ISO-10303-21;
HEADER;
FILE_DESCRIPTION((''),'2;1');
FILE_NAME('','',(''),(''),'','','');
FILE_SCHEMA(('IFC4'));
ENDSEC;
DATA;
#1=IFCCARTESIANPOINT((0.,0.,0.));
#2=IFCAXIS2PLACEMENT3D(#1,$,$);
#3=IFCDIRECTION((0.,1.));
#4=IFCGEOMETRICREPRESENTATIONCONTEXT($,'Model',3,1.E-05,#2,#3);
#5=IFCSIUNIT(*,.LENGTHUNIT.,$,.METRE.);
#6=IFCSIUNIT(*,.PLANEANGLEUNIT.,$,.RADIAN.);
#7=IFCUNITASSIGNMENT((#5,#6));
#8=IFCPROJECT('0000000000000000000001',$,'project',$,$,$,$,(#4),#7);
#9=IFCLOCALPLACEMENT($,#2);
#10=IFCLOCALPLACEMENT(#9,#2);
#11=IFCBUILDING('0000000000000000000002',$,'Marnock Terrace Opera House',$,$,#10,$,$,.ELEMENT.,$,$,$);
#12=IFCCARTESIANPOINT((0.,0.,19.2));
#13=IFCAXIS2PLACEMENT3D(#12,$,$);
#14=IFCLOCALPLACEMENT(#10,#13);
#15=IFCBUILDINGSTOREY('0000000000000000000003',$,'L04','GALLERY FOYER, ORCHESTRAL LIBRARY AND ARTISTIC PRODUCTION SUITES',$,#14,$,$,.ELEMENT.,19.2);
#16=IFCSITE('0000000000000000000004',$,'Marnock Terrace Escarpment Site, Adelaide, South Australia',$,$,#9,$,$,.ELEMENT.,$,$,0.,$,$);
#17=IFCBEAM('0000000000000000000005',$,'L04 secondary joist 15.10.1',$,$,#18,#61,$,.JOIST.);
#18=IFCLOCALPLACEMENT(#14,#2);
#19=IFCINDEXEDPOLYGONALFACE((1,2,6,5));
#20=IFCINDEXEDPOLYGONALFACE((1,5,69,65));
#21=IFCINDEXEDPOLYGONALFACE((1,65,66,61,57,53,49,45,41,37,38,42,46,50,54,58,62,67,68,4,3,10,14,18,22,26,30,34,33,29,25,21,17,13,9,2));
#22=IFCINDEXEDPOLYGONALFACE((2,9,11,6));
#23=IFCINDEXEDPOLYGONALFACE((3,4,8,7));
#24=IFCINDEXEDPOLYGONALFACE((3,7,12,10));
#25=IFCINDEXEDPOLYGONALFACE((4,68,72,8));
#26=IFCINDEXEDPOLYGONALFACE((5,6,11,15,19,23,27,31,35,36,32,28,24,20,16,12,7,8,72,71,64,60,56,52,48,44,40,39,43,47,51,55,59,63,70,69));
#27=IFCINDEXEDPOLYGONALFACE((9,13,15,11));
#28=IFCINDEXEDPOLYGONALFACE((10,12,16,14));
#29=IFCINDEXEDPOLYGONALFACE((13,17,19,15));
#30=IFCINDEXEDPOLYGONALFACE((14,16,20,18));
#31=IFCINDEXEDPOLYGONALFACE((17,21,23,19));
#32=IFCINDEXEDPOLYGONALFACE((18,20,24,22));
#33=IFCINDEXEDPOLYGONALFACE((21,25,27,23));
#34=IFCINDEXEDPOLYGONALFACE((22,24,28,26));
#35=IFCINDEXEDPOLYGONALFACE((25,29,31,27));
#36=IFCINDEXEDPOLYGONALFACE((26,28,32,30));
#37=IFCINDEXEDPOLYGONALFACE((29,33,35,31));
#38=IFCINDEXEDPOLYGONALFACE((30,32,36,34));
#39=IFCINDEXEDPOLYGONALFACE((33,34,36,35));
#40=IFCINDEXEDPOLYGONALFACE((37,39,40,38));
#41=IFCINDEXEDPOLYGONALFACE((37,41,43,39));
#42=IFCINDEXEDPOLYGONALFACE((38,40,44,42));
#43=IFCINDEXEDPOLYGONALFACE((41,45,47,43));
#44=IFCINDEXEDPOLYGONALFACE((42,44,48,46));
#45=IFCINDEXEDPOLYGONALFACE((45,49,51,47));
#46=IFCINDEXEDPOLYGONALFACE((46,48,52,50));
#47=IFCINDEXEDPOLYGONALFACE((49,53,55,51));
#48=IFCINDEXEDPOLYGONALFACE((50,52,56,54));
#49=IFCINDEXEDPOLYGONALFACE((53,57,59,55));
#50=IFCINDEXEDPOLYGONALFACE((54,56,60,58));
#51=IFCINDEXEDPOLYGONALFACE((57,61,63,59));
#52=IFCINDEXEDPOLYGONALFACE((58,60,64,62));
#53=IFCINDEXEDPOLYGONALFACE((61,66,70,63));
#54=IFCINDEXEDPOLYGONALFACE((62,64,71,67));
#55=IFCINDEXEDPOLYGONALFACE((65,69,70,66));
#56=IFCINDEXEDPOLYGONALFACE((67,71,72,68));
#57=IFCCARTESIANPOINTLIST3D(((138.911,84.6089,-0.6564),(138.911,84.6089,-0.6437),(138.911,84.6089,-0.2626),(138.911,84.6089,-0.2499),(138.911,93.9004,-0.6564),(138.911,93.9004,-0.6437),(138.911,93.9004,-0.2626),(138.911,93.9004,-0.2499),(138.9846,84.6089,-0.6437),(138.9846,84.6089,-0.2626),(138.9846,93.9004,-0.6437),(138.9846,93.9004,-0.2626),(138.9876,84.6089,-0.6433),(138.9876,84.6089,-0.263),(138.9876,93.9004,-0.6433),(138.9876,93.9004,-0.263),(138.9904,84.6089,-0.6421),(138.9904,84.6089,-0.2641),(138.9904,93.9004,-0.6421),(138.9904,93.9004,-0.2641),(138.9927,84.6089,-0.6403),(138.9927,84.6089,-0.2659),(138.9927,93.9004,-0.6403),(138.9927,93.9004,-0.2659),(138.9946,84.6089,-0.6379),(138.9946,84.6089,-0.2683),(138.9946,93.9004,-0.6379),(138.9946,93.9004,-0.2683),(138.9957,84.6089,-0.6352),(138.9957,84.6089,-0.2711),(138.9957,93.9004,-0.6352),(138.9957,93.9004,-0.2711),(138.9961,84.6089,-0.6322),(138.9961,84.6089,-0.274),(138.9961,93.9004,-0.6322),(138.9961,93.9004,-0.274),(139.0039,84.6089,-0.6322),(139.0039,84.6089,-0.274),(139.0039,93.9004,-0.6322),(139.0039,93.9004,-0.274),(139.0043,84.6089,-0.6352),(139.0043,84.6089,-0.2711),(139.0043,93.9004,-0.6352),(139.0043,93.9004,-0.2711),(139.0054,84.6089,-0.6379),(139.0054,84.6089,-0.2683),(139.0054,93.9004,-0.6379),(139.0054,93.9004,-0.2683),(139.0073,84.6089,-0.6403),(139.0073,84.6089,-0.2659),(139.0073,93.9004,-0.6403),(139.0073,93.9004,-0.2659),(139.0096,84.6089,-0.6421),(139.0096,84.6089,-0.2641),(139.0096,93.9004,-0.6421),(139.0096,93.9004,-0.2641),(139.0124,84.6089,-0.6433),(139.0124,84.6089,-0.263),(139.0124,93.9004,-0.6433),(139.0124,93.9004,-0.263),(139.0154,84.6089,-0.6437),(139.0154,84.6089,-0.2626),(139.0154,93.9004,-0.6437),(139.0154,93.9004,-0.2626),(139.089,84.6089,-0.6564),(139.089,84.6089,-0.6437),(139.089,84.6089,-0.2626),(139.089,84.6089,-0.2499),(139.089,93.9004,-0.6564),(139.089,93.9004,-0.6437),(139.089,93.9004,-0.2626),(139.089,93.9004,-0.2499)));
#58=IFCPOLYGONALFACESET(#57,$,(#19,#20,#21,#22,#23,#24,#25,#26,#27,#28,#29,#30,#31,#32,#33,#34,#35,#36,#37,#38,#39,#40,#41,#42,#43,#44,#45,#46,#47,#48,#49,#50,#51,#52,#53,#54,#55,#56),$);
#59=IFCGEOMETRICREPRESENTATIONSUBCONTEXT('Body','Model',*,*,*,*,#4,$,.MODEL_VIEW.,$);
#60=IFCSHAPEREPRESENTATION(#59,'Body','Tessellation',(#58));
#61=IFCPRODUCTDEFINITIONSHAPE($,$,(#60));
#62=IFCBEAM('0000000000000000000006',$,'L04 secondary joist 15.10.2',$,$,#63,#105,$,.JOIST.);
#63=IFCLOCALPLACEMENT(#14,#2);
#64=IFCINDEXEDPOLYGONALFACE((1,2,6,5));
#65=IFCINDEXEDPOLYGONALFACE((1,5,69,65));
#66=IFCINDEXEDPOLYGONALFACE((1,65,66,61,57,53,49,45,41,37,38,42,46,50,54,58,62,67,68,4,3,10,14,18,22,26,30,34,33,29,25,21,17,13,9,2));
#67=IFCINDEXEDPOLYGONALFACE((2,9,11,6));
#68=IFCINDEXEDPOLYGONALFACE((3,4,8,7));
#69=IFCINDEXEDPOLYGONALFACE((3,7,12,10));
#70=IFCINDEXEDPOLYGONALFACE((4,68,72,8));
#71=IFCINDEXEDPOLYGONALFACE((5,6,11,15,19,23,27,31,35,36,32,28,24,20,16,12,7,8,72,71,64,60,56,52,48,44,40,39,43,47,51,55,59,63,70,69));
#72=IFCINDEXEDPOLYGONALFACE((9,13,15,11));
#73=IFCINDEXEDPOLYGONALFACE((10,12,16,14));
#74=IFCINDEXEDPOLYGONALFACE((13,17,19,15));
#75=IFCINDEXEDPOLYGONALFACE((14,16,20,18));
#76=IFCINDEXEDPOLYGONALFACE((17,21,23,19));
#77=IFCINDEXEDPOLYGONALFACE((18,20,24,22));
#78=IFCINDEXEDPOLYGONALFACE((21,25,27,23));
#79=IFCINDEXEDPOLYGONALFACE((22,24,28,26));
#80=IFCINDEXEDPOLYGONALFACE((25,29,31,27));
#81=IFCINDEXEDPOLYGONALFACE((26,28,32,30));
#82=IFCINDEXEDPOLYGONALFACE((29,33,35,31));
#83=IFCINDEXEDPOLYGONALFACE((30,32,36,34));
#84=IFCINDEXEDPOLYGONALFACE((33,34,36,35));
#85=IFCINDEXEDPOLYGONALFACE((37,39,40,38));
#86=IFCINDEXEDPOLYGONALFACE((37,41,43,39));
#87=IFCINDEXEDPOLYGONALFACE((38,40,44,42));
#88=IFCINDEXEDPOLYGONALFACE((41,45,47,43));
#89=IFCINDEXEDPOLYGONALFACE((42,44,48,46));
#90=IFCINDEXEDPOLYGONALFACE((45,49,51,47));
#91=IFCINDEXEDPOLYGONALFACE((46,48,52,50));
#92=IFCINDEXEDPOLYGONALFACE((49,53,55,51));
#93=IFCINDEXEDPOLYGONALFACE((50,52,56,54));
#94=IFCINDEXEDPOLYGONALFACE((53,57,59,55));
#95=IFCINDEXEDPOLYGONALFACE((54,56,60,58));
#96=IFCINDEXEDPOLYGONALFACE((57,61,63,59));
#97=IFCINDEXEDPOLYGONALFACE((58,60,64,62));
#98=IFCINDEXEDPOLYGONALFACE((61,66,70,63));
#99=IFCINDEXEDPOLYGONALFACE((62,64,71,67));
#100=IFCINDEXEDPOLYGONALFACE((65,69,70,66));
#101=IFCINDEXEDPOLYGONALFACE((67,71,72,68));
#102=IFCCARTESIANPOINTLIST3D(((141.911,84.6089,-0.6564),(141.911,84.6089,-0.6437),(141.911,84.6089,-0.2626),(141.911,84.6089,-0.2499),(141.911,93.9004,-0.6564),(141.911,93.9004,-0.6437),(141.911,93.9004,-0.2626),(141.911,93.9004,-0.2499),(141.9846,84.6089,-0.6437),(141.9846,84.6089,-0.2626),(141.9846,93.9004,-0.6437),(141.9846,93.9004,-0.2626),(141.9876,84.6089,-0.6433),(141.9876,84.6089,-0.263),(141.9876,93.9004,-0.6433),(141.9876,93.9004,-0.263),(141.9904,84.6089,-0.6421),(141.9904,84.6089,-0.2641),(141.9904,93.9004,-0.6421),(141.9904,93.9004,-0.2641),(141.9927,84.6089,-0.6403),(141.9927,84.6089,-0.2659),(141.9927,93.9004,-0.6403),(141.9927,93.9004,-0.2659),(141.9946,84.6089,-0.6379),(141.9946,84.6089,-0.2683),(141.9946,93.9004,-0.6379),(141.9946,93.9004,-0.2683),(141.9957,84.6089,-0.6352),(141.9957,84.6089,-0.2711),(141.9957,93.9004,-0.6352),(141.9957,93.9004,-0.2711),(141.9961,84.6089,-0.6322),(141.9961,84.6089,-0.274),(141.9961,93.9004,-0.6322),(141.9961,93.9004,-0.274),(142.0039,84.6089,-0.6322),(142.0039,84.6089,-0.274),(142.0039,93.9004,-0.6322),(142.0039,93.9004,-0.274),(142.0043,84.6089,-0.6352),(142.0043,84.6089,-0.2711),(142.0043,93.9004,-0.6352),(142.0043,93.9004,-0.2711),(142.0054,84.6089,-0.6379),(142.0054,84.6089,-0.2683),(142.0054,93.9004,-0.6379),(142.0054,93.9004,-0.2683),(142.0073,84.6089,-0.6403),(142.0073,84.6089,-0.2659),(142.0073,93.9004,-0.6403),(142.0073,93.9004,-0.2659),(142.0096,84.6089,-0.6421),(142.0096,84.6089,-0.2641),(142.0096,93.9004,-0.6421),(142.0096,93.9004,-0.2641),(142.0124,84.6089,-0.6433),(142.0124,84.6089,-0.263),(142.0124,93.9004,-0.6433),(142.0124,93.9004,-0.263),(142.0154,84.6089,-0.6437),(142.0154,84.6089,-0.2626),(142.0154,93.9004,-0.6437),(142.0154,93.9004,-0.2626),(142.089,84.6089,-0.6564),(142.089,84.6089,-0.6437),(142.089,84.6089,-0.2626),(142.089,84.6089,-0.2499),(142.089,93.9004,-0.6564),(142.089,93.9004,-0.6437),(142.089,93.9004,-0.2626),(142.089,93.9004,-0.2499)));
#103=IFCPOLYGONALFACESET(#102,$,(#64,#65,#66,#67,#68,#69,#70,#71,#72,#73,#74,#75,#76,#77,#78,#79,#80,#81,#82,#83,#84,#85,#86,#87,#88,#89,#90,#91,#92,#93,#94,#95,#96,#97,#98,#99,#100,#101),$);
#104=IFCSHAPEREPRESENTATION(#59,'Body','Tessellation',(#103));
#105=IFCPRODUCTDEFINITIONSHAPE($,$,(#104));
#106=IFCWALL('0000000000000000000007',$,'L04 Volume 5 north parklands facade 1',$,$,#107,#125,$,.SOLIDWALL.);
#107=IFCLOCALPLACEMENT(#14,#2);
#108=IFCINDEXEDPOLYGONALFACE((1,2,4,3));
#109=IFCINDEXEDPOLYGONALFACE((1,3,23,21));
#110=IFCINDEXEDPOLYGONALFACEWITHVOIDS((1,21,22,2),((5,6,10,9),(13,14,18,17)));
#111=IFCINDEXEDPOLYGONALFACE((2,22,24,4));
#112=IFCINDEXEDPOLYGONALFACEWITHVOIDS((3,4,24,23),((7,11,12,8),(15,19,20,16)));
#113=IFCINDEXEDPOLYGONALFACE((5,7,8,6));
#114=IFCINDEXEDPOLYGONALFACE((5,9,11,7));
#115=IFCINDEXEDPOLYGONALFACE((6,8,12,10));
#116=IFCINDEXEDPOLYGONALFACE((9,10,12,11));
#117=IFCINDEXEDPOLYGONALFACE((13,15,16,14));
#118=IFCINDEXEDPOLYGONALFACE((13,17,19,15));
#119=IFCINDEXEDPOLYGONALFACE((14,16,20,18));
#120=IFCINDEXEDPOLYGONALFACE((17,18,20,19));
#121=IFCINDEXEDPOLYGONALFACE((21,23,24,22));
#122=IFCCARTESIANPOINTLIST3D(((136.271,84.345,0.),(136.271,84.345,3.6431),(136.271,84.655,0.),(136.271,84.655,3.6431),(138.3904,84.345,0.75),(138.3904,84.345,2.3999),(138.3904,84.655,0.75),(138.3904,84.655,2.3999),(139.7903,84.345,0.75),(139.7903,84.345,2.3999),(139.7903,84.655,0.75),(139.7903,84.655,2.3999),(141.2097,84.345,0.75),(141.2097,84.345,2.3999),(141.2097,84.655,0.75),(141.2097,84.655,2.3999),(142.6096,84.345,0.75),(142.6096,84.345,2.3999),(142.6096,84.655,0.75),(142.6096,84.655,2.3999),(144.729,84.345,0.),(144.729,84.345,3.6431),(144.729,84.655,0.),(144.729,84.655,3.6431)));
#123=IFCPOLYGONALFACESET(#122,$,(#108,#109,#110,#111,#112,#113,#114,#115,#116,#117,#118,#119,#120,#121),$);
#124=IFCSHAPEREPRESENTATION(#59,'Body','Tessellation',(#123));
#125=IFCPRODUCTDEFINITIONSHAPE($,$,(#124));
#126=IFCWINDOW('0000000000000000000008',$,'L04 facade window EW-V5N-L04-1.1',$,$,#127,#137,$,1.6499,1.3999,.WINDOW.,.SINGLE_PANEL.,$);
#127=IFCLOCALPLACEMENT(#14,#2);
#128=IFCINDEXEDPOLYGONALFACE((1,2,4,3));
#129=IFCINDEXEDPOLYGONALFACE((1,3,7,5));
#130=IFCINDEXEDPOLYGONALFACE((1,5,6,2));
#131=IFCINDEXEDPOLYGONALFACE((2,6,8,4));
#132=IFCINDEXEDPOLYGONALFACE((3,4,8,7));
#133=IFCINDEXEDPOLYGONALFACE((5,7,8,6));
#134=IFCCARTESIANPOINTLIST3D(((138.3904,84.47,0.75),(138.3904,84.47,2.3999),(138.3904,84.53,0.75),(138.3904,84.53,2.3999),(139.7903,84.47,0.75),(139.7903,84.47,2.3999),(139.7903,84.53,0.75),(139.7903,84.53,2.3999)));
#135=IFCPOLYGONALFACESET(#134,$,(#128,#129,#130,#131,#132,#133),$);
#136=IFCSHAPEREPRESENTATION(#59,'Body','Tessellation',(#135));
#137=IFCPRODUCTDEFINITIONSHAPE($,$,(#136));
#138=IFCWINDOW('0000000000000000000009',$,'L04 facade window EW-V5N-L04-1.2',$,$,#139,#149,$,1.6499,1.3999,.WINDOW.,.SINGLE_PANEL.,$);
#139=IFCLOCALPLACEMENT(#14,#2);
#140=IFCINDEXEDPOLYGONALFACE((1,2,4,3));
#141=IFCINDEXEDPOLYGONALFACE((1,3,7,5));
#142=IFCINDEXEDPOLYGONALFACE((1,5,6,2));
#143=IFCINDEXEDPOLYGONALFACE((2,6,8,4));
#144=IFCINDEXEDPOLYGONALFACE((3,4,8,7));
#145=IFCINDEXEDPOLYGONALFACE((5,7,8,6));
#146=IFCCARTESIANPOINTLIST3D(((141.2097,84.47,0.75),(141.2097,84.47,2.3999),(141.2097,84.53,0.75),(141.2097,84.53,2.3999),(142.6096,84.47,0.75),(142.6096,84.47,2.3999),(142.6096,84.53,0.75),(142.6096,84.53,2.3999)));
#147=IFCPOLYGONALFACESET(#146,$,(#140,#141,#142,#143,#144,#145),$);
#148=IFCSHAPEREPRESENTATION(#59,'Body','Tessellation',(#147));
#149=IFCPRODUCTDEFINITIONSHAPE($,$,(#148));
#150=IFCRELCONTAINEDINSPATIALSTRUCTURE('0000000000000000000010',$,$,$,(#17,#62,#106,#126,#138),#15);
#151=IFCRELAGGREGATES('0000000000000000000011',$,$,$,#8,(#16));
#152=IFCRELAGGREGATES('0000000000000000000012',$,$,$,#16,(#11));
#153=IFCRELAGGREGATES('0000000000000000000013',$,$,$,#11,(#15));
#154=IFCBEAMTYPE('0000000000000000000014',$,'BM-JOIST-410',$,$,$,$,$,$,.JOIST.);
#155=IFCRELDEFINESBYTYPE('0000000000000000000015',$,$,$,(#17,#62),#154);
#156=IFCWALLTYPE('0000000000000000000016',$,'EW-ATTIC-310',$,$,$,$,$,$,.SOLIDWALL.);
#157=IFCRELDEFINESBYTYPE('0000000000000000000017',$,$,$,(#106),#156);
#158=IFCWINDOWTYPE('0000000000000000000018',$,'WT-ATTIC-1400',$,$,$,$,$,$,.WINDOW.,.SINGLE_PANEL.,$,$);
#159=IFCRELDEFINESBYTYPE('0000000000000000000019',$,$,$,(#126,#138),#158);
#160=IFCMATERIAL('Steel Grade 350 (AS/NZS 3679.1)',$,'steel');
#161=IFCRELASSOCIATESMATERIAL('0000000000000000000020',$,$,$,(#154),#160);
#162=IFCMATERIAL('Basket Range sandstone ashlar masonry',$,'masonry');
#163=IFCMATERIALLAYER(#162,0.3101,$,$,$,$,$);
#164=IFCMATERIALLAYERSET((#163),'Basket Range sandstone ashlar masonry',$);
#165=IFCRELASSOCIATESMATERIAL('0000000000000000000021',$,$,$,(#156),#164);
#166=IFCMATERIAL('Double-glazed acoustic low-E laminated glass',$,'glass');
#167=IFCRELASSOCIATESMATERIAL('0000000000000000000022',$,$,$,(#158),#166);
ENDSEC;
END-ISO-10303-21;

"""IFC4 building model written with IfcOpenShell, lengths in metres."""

from ifc_helpers import new_model, si_unit, direction, frame, frame_2d, origin, origin_2d, place, context, subcontext, project, spatial, rectangle, i_section, extrude, material, layer, layer_set, material_profile, profile_set, type_object, element, fill, save


model = new_model("IFC4")

# Units and contexts
model_context = context("Model", 3, precision=1e-05, world=origin(), true_north=direction((0.0, 1.0)))
body_context = subcontext(model_context, "Body", "Model", "MODEL_VIEW")
ifc_project = project(units=[si_unit("LENGTHUNIT", "METRE"), si_unit("PLANEANGLEUNIT", "RADIAN")], contexts=[model_context])

# Site, building, storey
site_placement = place(None, origin())
site = spatial("IfcSite", under=ifc_project, at=site_placement, Name="Marnock Terrace Escarpment Site, Adelaide, South Australia", CompositionType="ELEMENT", RefElevation=0.0)
building_placement = place(site_placement, origin())
building = spatial("IfcBuilding", under=site, at=building_placement, Name="Marnock Terrace Opera House", CompositionType="ELEMENT")
storey_placement = place(building_placement, frame((0.0, 0.0, 19.2)))
storey = spatial("IfcBuildingStorey", under=building, at=storey_placement, Name="L04", Description="GALLERY FOYER, ORCHESTRAL LIBRARY AND ARTISTIC PRODUCTION SUITES", CompositionType="ELEMENT", Elevation=19.2)

# Beams
ifc_material_1 = material(Name="Steel Grade 350 (AS/NZS 3679.1)", Category="steel")
ifc_material_profile_1 = material_profile(ifc_material_1, i_section(OverallWidth=0.178, OverallDepth=0.4065, WebThickness=0.0078, FlangeThickness=0.0127, FilletRadius=0.0115, at=origin_2d()))
ifc_profile_set_1 = profile_set([ifc_material_profile_1], Name="Steel Grade 350 (AS/NZS 3679.1)")
beam_type_1 = type_object("IfcBeamType", Name="BM-JOIST-410", PredefinedType="JOIST", material=ifc_profile_set_1)
for number, where, z_axis, x_axis, name in (
    (1, (139.0, 84.6089, -0.4531), (0.0, 1.0, 0.0), (-1.0, 0.0, 0.0), "L04 secondary joist 15.10.1"),
    (2, (142.0, 84.6089, -0.4531), (0.0, 1.0, 0.0), (-1.0, 0.0, 0.0), "L04 secondary joist 15.10.2"),
):
    element("IfcBeam", number, at=place(storey_placement, frame(where, z_axis=z_axis, x_axis=x_axis)), inside=storey, type_object=beam_type_1, Name=name, PredefinedType="JOIST", context=body_context, shape_type="SweptSolid", body=[
        extrude(i_section(OverallWidth=0.178, OverallDepth=0.4065, WebThickness=0.0078, FlangeThickness=0.0127, FilletRadius=0.0115, at=origin_2d()), origin(), (0.0, 0.0, 1.0), 9.2915),
    ])

# Wall, openings, windows
ifc_material_2 = material(Name="Basket Range sandstone ashlar masonry", Category="masonry")
ifc_layer_1 = layer(ifc_material_2, 0.3101)
ifc_layer_set_1 = layer_set([ifc_layer_1], Name="Basket Range sandstone ashlar masonry")
wall_type_1 = type_object("IfcWallType", Name="EW-ATTIC-310", PredefinedType="SOLIDWALL", material=ifc_layer_set_1)
wall_1_placement = place(storey_placement, frame((136.271, 84.5, 0.0), z_axis=(0.0, 0.0, 1.0), x_axis=(1.0, 0.0, 0.0)))
wall_1 = element("IfcWall", 3, at=wall_1_placement, inside=storey, type_object=wall_type_1, Name="L04 Volume 5 north parklands facade 1", PredefinedType="SOLIDWALL", context=body_context, shape_type="SweptSolid", body=[
    extrude(rectangle(XDim=8.458, YDim=0.3101, at=frame_2d((4.229, 0.0))), origin(), (0.0, 0.0, 1.0), 3.6431),
])
opening_1_placement = place(wall_1_placement, frame((2.1194, 0.0, 0.75)))
opening_1 = element("IfcOpeningElement", 4, at=opening_1_placement, cuts=wall_1, PredefinedType="OPENING", context=body_context, shape_type="SweptSolid", body=[
    extrude(rectangle(XDim=1.3999, YDim=1.6499, at=frame_2d((0.7, 0.825))), frame((0.0, 0.165, 0.0), z_axis=(0.0, -1.0, 0.0), x_axis=(1.0, 0.0, 0.0)), (0.0, 0.0, 1.0), 0.3301),
])
opening_2_placement = place(wall_1_placement, frame((4.9387, 0.0, 0.75)))
opening_2 = element("IfcOpeningElement", 5, at=opening_2_placement, cuts=wall_1, PredefinedType="OPENING", context=body_context, shape_type="SweptSolid", body=[
    extrude(rectangle(XDim=1.3999, YDim=1.6499, at=frame_2d((0.7, 0.825))), frame((0.0, 0.165, 0.0), z_axis=(0.0, -1.0, 0.0), x_axis=(1.0, 0.0, 0.0)), (0.0, 0.0, 1.0), 0.3301),
])
ifc_material_3 = material(Name="Double-glazed acoustic low-E laminated glass", Category="glass")
window_type = type_object("IfcWindowType", Name="WT-ATTIC-1400", PartitioningType="SINGLE_PANEL", PredefinedType="WINDOW", material=ifc_material_3)
window_1_placement = place(opening_1_placement, origin())
window_1 = element("IfcWindow", 6, at=window_1_placement, inside=storey, type_object=window_type, Name="L04 facade window EW-V5N-L04-1.1", OverallHeight=1.6499, OverallWidth=1.3999, PartitioningType="SINGLE_PANEL", PredefinedType="WINDOW", context=body_context, shape_type="SweptSolid", body=[
    extrude(rectangle(XDim=1.3999, YDim=1.6499, at=frame_2d((0.7, 0.825))), frame((0.0, 0.03, 0.0), z_axis=(0.0, -1.0, 0.0), x_axis=(1.0, 0.0, 0.0)), (0.0, 0.0, 1.0), 0.0601),
])
fill(opening_1, window_1)
window_2_placement = place(opening_2_placement, origin())
window_2 = element("IfcWindow", 7, at=window_2_placement, inside=storey, type_object=window_type, Name="L04 facade window EW-V5N-L04-1.2", OverallHeight=1.6499, OverallWidth=1.3999, PartitioningType="SINGLE_PANEL", PredefinedType="WINDOW", context=body_context, shape_type="SweptSolid", body=[
    extrude(rectangle(XDim=1.3999, YDim=1.6499, at=frame_2d((0.7, 0.825))), frame((0.0, 0.03, 0.0), z_axis=(0.0, -1.0, 0.0), x_axis=(1.0, 0.0, 0.0)), (0.0, 0.0, 1.0), 0.0601),
])
fill(opening_2, window_2)

save(model, "model.ifc")
